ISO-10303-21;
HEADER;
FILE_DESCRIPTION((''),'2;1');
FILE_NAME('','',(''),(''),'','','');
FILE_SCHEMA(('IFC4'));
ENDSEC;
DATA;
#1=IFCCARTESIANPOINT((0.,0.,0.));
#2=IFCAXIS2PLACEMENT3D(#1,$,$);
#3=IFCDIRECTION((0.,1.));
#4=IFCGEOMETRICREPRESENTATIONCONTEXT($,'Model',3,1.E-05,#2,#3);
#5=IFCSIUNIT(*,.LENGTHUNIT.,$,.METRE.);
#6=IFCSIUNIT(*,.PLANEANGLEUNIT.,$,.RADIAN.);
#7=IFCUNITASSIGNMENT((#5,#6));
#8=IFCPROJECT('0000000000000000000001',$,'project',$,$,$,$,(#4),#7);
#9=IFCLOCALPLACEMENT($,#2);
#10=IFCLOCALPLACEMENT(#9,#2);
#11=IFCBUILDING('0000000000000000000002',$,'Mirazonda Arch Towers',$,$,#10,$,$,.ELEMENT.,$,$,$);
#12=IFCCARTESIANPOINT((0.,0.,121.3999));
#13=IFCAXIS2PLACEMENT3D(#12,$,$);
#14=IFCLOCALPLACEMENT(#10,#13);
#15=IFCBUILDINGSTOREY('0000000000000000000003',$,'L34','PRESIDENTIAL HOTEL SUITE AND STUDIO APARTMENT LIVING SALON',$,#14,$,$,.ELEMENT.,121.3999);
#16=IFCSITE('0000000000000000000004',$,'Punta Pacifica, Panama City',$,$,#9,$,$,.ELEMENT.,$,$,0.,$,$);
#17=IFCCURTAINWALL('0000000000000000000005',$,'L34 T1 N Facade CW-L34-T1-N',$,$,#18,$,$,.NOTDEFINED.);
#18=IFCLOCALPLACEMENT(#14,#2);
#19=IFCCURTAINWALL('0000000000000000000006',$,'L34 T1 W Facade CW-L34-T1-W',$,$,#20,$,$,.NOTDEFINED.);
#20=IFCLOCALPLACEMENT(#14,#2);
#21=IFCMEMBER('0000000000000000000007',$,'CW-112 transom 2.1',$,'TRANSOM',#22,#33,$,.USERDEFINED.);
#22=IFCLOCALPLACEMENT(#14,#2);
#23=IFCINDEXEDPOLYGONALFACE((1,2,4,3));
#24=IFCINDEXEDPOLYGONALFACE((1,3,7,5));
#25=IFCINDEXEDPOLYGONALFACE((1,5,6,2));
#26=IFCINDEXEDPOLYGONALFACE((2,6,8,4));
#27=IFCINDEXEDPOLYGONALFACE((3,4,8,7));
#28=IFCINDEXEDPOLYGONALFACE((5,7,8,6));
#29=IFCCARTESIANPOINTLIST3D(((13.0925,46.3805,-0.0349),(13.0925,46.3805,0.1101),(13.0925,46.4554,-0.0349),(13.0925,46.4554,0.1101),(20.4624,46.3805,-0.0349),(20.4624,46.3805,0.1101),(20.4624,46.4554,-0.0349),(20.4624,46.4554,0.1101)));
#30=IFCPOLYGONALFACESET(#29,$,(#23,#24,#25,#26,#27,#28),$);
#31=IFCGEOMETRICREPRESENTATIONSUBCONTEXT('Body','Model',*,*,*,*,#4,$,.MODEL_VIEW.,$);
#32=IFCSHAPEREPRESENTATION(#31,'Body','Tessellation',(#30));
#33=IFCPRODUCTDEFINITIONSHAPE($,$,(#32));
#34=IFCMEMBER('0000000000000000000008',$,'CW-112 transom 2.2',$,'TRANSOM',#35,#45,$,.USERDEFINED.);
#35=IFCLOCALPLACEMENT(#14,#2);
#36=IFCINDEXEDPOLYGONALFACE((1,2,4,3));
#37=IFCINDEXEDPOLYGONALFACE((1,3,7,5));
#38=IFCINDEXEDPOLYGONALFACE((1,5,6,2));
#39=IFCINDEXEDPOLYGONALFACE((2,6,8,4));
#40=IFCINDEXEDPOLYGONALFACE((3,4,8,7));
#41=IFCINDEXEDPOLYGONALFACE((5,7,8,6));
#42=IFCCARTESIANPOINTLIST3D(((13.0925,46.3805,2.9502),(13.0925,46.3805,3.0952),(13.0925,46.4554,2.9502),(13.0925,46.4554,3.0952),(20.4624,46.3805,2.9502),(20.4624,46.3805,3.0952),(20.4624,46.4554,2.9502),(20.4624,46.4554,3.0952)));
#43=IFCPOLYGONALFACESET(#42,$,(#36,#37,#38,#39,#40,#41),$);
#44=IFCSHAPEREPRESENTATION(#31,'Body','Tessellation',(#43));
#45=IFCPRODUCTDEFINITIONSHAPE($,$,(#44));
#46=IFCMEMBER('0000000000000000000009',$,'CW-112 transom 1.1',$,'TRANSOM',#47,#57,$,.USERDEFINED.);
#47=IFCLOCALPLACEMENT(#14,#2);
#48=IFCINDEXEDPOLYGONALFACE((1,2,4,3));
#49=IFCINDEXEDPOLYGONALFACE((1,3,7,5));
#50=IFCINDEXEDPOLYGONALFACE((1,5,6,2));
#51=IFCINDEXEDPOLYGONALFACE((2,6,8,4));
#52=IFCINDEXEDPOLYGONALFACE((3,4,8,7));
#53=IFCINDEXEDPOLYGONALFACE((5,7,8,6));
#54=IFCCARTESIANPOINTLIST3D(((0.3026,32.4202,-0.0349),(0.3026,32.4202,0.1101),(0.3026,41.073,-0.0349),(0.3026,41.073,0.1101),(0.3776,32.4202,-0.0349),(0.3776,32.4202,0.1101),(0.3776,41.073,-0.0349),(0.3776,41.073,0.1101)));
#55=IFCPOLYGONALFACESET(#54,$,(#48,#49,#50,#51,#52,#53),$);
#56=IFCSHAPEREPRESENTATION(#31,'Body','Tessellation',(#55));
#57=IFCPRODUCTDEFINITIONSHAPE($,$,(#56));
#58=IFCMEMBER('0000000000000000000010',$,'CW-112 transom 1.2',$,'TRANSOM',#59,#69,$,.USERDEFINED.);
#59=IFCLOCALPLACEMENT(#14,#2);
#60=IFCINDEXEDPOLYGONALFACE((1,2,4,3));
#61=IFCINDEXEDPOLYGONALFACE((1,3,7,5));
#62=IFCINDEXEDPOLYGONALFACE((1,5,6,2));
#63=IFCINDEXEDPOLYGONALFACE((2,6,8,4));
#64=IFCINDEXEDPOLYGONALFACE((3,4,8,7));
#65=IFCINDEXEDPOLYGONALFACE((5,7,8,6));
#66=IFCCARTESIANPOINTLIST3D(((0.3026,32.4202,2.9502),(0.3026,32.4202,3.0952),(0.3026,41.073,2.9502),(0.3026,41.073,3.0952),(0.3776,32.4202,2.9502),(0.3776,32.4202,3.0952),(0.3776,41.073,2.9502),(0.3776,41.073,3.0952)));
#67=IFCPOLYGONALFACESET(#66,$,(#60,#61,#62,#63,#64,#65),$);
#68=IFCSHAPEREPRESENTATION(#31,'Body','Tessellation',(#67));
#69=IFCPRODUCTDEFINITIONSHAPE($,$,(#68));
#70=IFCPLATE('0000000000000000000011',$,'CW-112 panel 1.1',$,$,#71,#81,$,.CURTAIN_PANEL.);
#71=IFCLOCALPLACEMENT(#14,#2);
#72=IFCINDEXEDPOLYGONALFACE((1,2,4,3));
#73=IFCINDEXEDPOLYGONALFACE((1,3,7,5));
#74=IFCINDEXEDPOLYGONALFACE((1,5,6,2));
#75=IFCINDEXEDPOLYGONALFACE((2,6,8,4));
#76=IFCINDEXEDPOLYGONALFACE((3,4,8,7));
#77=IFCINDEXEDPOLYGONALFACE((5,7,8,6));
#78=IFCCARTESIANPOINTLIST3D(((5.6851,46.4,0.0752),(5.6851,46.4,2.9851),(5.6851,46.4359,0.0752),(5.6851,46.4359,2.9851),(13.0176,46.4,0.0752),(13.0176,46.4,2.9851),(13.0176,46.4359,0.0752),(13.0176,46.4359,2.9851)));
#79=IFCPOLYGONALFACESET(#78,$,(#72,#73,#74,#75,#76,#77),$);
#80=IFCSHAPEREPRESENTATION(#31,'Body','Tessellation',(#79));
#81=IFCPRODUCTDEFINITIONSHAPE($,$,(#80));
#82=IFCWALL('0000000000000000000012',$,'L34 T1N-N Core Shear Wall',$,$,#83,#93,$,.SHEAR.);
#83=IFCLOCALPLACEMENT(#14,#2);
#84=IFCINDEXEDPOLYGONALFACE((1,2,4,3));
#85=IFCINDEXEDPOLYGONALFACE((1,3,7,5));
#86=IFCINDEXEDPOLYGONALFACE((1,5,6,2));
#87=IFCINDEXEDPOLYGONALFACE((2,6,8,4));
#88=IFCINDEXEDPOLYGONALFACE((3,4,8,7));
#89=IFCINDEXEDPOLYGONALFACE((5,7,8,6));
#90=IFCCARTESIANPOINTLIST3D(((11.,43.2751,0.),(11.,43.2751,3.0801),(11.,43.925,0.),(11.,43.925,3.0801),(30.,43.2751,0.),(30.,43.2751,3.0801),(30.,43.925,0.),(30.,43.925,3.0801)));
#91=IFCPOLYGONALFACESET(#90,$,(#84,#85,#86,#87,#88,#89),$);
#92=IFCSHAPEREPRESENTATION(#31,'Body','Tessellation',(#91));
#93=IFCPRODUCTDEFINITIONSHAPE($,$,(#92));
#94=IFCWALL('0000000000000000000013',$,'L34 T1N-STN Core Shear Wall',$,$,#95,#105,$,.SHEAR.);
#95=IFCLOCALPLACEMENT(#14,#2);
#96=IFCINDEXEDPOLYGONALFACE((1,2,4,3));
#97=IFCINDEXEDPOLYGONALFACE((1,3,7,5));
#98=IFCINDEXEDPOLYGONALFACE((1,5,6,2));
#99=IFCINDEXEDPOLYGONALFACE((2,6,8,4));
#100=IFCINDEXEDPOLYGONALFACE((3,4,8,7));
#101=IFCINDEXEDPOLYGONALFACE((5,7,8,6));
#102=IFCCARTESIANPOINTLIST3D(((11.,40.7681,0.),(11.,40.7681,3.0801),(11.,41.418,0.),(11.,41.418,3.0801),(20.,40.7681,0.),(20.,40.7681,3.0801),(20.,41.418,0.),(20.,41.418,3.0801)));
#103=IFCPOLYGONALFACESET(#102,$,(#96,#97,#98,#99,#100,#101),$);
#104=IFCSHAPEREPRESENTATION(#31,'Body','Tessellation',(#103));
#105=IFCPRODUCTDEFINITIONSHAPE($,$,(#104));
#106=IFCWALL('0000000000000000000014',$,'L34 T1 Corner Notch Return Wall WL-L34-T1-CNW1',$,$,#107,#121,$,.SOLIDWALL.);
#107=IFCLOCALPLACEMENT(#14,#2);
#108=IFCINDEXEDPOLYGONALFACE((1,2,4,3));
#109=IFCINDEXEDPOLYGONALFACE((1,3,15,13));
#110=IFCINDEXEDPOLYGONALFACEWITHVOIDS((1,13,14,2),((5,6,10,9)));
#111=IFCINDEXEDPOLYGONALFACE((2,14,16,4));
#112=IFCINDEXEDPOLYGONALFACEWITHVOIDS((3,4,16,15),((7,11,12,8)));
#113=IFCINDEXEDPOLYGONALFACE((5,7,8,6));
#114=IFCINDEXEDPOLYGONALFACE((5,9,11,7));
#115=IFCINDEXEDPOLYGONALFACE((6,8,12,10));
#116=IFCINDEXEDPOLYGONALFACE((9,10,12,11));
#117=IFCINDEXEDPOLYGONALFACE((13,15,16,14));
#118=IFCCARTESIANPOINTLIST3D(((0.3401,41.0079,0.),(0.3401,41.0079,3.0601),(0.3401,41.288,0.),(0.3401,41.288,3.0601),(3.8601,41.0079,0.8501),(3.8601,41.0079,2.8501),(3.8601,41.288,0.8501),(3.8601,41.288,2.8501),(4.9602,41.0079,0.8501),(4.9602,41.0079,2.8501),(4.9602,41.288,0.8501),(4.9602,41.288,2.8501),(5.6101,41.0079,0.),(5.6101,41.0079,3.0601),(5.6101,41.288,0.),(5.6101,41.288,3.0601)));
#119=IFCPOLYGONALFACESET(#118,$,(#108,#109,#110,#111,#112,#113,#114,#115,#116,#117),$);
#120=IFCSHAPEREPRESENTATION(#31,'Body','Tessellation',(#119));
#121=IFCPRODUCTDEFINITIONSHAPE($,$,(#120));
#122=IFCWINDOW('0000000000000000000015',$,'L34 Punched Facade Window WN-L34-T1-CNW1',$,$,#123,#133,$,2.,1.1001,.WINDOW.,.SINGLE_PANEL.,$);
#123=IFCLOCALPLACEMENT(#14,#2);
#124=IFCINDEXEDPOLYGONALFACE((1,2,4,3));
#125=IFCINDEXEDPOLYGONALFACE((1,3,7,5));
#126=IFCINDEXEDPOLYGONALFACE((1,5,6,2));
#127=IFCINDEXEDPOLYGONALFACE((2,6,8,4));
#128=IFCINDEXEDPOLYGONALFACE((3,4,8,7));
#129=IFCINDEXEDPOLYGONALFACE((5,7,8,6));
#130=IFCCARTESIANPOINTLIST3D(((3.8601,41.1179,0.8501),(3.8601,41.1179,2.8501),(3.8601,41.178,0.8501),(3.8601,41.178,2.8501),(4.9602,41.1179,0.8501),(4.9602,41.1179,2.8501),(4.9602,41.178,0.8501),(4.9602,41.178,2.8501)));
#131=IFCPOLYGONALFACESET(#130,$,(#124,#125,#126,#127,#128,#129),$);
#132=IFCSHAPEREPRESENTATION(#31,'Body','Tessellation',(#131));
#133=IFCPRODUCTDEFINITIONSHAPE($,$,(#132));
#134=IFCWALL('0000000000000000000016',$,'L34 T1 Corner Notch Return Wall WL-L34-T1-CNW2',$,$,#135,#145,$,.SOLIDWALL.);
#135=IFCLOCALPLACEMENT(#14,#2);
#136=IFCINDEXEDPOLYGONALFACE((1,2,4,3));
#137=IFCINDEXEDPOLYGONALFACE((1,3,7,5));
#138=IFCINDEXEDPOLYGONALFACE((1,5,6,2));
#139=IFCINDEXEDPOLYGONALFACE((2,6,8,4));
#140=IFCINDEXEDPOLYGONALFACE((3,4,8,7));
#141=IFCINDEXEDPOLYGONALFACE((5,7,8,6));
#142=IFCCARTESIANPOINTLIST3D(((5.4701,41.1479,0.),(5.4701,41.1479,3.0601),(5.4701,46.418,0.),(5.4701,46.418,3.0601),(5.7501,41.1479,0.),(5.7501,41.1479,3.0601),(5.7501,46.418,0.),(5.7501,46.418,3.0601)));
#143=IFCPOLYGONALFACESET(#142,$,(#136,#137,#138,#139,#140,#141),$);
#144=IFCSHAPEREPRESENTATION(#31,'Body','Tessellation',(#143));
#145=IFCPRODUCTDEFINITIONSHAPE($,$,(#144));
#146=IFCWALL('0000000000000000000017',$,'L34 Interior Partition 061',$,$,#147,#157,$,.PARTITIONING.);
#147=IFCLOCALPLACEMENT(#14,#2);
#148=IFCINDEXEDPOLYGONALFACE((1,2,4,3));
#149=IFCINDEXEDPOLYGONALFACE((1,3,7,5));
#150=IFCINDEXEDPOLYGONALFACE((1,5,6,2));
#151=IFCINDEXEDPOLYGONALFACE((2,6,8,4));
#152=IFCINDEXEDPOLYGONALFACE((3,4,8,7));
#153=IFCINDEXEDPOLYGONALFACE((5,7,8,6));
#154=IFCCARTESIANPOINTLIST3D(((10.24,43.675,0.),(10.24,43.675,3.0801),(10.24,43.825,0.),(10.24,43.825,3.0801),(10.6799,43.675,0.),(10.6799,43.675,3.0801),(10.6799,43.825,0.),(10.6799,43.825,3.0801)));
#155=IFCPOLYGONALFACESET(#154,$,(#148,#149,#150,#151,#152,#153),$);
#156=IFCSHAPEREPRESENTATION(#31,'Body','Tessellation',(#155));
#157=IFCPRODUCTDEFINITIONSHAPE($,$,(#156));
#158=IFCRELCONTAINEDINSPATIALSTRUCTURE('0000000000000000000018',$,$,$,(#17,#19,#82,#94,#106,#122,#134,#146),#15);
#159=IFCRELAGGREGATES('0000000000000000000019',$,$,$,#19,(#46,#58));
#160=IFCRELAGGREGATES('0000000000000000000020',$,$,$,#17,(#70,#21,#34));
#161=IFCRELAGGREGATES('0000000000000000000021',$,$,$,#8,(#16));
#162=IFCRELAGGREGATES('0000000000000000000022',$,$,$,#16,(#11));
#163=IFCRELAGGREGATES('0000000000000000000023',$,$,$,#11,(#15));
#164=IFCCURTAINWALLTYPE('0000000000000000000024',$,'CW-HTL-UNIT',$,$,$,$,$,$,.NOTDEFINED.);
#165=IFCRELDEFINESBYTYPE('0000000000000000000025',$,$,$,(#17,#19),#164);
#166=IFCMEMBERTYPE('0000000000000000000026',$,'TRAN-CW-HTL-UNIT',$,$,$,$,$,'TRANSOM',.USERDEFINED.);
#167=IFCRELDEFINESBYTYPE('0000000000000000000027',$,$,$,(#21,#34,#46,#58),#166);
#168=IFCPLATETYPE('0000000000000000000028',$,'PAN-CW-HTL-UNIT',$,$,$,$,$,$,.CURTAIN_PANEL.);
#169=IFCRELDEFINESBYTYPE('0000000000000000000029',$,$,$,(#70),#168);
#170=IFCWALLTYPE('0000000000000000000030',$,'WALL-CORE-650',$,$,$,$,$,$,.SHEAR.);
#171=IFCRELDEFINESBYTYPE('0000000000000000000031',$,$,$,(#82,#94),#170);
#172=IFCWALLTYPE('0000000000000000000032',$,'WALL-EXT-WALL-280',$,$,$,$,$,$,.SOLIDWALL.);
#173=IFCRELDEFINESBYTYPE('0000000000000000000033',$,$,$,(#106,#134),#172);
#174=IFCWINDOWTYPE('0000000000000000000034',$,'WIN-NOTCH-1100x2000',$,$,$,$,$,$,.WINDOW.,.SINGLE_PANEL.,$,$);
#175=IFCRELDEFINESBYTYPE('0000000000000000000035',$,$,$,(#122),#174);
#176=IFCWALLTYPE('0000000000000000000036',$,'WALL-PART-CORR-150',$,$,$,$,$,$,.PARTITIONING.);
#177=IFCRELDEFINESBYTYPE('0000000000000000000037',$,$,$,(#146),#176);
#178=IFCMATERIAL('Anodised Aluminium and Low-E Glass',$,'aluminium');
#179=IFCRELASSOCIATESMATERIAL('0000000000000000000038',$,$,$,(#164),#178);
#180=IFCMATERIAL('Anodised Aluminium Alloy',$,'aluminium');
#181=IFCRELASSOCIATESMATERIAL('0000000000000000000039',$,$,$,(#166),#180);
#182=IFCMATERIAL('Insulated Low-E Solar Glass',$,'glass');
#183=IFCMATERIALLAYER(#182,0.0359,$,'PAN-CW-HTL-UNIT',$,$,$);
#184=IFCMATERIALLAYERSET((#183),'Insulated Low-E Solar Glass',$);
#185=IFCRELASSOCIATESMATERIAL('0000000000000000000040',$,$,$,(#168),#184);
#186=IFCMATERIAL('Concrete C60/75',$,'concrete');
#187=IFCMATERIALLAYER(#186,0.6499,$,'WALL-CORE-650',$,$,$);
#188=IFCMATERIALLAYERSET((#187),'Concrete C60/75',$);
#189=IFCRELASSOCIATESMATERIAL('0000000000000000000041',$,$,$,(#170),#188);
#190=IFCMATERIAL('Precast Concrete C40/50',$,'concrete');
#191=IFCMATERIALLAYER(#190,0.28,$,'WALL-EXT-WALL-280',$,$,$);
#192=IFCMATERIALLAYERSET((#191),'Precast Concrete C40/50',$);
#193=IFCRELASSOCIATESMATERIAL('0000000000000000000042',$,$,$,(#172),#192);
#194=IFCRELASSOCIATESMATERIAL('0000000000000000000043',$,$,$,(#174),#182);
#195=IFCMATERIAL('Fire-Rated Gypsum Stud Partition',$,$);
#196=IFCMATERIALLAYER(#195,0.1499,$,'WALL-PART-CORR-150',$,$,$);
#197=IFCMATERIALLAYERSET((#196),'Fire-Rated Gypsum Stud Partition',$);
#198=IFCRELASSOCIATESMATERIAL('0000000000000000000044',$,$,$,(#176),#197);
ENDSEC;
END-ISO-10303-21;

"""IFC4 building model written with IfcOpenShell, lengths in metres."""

from ifc_helpers import new_model, si_unit, direction, frame, frame_2d, origin, origin_2d, place, context, subcontext, project, spatial, rectangle, extrude, material, layer, layer_set, material_profile, profile_set, type_object, element, fill, aggregate, save


model = new_model("IFC4")

# Units and contexts
model_context = context("Model", 3, precision=1e-05, world=origin(), true_north=direction((0.0, 1.0)))
body_context = subcontext(model_context, "Body", "Model", "MODEL_VIEW")
ifc_project = project(units=[si_unit("LENGTHUNIT", "METRE"), si_unit("PLANEANGLEUNIT", "RADIAN")], contexts=[model_context])

# Site, building, storey
site_placement = place(None, origin())
site = spatial("IfcSite", under=ifc_project, at=site_placement, Name="Punta Pacifica, Panama City", CompositionType="ELEMENT", RefElevation=0.0)
building_placement = place(site_placement, origin())
building = spatial("IfcBuilding", under=site, at=building_placement, Name="Mirazonda Arch Towers", CompositionType="ELEMENT")
storey_placement = place(building_placement, frame((0.0, 0.0, 121.3999)))
storey = spatial("IfcBuildingStorey", under=building, at=storey_placement, Name="L34", Description="PRESIDENTIAL HOTEL SUITE AND STUDIO APARTMENT LIVING SALON", CompositionType="ELEMENT", Elevation=121.3999)

# Curtain wall
ifc_material_1 = material(Name="Anodised Aluminium and Low-E Glass", Category="aluminium")
curtain_wall_type = type_object("IfcCurtainWallType", Name="CW-HTL-UNIT", PredefinedType="NOTDEFINED", material=ifc_material_1)
curtain_wall_1_placement = place(storey_placement, origin())
curtain_wall_1 = element("IfcCurtainWall", 1, at=curtain_wall_1_placement, inside=storey, type_object=curtain_wall_type, Name="L34 T1 N Facade CW-L34-T1-N", PredefinedType="NOTDEFINED")
ifc_material_2 = material(Name="Anodised Aluminium Alloy", Category="aluminium")

# Curtain wall
curtain_wall_2_placement = place(storey_placement, origin())
curtain_wall_2 = element("IfcCurtainWall", 2, at=curtain_wall_2_placement, inside=storey, type_object=curtain_wall_type, Name="L34 T1 W Facade CW-L34-T1-W", PredefinedType="NOTDEFINED")

# Members
ifc_material_profile_1 = material_profile(ifc_material_2, rectangle(XDim=0.075, YDim=0.145, at=origin_2d()), Name="ALU-TRAN-75x145")
ifc_profile_set_1 = profile_set([ifc_material_profile_1], Name="Anodised Aluminium Alloy")
member_type_1 = type_object("IfcMemberType", Name="TRAN-CW-HTL-UNIT", ElementType="TRANSOM", PredefinedType="USERDEFINED", material=ifc_profile_set_1)
member_1_placement = place(storey_placement, frame((13.0925, 46.418, 0.0376), z_axis=(1.0, 0.0, 0.0), x_axis=(0.0, 1.0, 0.0)))
member_1 = element("IfcMember", 3, at=member_1_placement, type_object=member_type_1, Name="CW-112 transom 2.1", ObjectType="TRANSOM", PredefinedType="USERDEFINED", context=body_context, shape_type="SweptSolid", body=[
    extrude(rectangle(XDim=0.075, YDim=0.145, at=origin_2d()), origin(), (0.0, 0.0, 1.0), 7.3699),
])
member_2_placement = place(storey_placement, frame((13.0925, 46.418, 3.0227), z_axis=(1.0, 0.0, 0.0), x_axis=(0.0, 1.0, 0.0)))
member_2 = element("IfcMember", 4, at=member_2_placement, type_object=member_type_1, Name="CW-112 transom 2.2", ObjectType="TRANSOM", PredefinedType="USERDEFINED", context=body_context, shape_type="SweptSolid", body=[
    extrude(rectangle(XDim=0.075, YDim=0.145, at=origin_2d()), origin(), (0.0, 0.0, 1.0), 7.3699),
])
member_3_placement = place(storey_placement, frame((0.3401, 41.073, 0.0376), z_axis=(0.0, -1.0, 0.0), x_axis=(1.0, 0.0, 0.0)))
member_3 = element("IfcMember", 5, at=member_3_placement, type_object=member_type_1, Name="CW-112 transom 1.1", ObjectType="TRANSOM", PredefinedType="USERDEFINED", context=body_context, shape_type="SweptSolid", body=[
    extrude(rectangle(XDim=0.075, YDim=0.145, at=origin_2d()), origin(), (0.0, 0.0, 1.0), 8.6528),
])
member_4_placement = place(storey_placement, frame((0.3401, 41.073, 3.0227), z_axis=(0.0, -1.0, 0.0), x_axis=(1.0, 0.0, 0.0)))
member_4 = element("IfcMember", 6, at=member_4_placement, type_object=member_type_1, Name="CW-112 transom 1.2", ObjectType="TRANSOM", PredefinedType="USERDEFINED", context=body_context, shape_type="SweptSolid", body=[
    extrude(rectangle(XDim=0.075, YDim=0.145, at=origin_2d()), origin(), (0.0, 0.0, 1.0), 8.6528),
])
aggregate(curtain_wall_2, [member_3, member_4])

# Plate
ifc_material_3 = material(Name="Insulated Low-E Solar Glass", Category="glass")
ifc_layer_1 = layer(ifc_material_3, 0.0359, Name="PAN-CW-HTL-UNIT")
ifc_layer_set_1 = layer_set([ifc_layer_1], Name="Insulated Low-E Solar Glass")
plate_type = type_object("IfcPlateType", Name="PAN-CW-HTL-UNIT", PredefinedType="CURTAIN_PANEL", material=ifc_layer_set_1)
plate_placement = place(storey_placement, frame((9.3513, 46.418, 0.0752), z_axis=(0.0, 0.0, 1.0), x_axis=(1.0, 0.0, 0.0)))
plate = element("IfcPlate", 7, at=plate_placement, type_object=plate_type, Name="CW-112 panel 1.1", PredefinedType="CURTAIN_PANEL", context=body_context, shape_type="SweptSolid", body=[
    extrude(rectangle(XDim=7.3325, YDim=0.0359, at=origin_2d()), origin(), (0.0, 0.0, 1.0), 2.9099),
])
aggregate(curtain_wall_1, [plate, member_1, member_2])

# Walls
ifc_material_4 = material(Name="Concrete C60/75", Category="concrete")
ifc_layer_2 = layer(ifc_material_4, 0.6499, Name="WALL-CORE-650")
ifc_layer_set_2 = layer_set([ifc_layer_2], Name="Concrete C60/75")
wall_type_1 = type_object("IfcWallType", Name="WALL-CORE-650", PredefinedType="SHEAR", material=ifc_layer_set_2)
wall_1_placement = place(storey_placement, frame((11.0, 43.6001, 0.0), z_axis=(0.0, 0.0, 1.0), x_axis=(1.0, 0.0, 0.0)))
element("IfcWall", 8, at=wall_1_placement, inside=storey, type_object=wall_type_1, Name="L34 T1N-N Core Shear Wall", PredefinedType="SHEAR", context=body_context, shape_type="SweptSolid", body=[
    extrude(rectangle(XDim=19.0, YDim=0.6499, at=frame_2d((9.5, 0.0))), origin(), (0.0, 0.0, 1.0), 3.0801),
])
wall_2_placement = place(storey_placement, frame((11.0, 41.093, 0.0), z_axis=(0.0, 0.0, 1.0), x_axis=(1.0, 0.0, 0.0)))
element("IfcWall", 9, at=wall_2_placement, inside=storey, type_object=wall_type_1, Name="L34 T1N-STN Core Shear Wall", PredefinedType="SHEAR", context=body_context, shape_type="SweptSolid", body=[
    extrude(rectangle(XDim=9.0, YDim=0.6499, at=frame_2d((4.5, 0.0))), origin(), (0.0, 0.0, 1.0), 3.0801),
])

# Wall, opening, window
ifc_material_5 = material(Name="Precast Concrete C40/50", Category="concrete")
ifc_layer_3 = layer(ifc_material_5, 0.28, Name="WALL-EXT-WALL-280")
ifc_layer_set_3 = layer_set([ifc_layer_3], Name="Precast Concrete C40/50")
wall_type_2 = type_object("IfcWallType", Name="WALL-EXT-WALL-280", PredefinedType="SOLIDWALL", material=ifc_layer_set_3)
wall_3_placement = place(storey_placement, frame((5.6101, 41.1479, 0.0), z_axis=(0.0, 0.0, 1.0), x_axis=(-1.0, 0.0, 0.0)))
wall_3 = element("IfcWall", 10, at=wall_3_placement, inside=storey, type_object=wall_type_2, Name="L34 T1 Corner Notch Return Wall WL-L34-T1-CNW1", PredefinedType="SOLIDWALL", context=body_context, shape_type="SweptSolid", body=[
    extrude(rectangle(XDim=5.27, YDim=0.28, at=frame_2d((2.635, 0.0))), origin(), (0.0, 0.0, 1.0), 3.0601),
])
opening_1_placement = place(wall_3_placement, frame((0.6499, 0.0, 0.8501)))
opening_1 = element("IfcOpeningElement", 11, at=opening_1_placement, cuts=wall_3, PredefinedType="OPENING", context=body_context, shape_type="SweptSolid", body=[
    extrude(rectangle(XDim=1.1001, YDim=2.0, at=frame_2d((0.55, 1.0))), frame((0.0, 0.1499, 0.0), z_axis=(0.0, -1.0, 0.0), x_axis=(1.0, 0.0, 0.0)), (0.0, 0.0, 1.0), 0.3),
])
window_type = type_object("IfcWindowType", Name="WIN-NOTCH-1100x2000", PartitioningType="SINGLE_PANEL", PredefinedType="WINDOW", material=ifc_material_3)
window_placement = place(opening_1_placement, origin())
window = element("IfcWindow", 12, at=window_placement, inside=storey, type_object=window_type, Name="L34 Punched Facade Window WN-L34-T1-CNW1", OverallHeight=2.0, OverallWidth=1.1001, PartitioningType="SINGLE_PANEL", PredefinedType="WINDOW", context=body_context, shape_type="SweptSolid", body=[
    extrude(rectangle(XDim=1.1001, YDim=2.0, at=frame_2d((0.55, 1.0))), frame((0.0, 0.03, 0.0), z_axis=(0.0, -1.0, 0.0), x_axis=(1.0, 0.0, 0.0)), (0.0, 0.0, 1.0), 0.0601),
])
fill(opening_1, window)

# Walls
wall_4_placement = place(storey_placement, frame((5.6101, 46.418, 0.0), z_axis=(0.0, 0.0, 1.0), x_axis=(0.0, -1.0, 0.0)))
element("IfcWall", 13, at=wall_4_placement, inside=storey, type_object=wall_type_2, Name="L34 T1 Corner Notch Return Wall WL-L34-T1-CNW2", PredefinedType="SOLIDWALL", context=body_context, shape_type="SweptSolid", body=[
    extrude(rectangle(XDim=5.27, YDim=0.28, at=frame_2d((2.635, 0.0))), origin(), (0.0, 0.0, 1.0), 3.0601),
])
ifc_material_6 = material(Name="Fire-Rated Gypsum Stud Partition")
ifc_layer_4 = layer(ifc_material_6, 0.1499, Name="WALL-PART-CORR-150")
ifc_layer_set_4 = layer_set([ifc_layer_4], Name="Fire-Rated Gypsum Stud Partition")
wall_type_3 = type_object("IfcWallType", Name="WALL-PART-CORR-150", PredefinedType="PARTITIONING", material=ifc_layer_set_4)
wall_5_placement = place(storey_placement, frame((10.24, 43.75, 0.0), z_axis=(0.0, 0.0, 1.0), x_axis=(1.0, 0.0, 0.0)))
element("IfcWall", 14, at=wall_5_placement, inside=storey, type_object=wall_type_3, Name="L34 Interior Partition 061", PredefinedType="PARTITIONING", context=body_context, shape_type="SweptSolid", body=[
    extrude(rectangle(XDim=0.4399, YDim=0.1499, at=frame_2d((0.22, 0.0))), origin(), (0.0, 0.0, 1.0), 3.0801),
])

save(model, "model.ifc")
